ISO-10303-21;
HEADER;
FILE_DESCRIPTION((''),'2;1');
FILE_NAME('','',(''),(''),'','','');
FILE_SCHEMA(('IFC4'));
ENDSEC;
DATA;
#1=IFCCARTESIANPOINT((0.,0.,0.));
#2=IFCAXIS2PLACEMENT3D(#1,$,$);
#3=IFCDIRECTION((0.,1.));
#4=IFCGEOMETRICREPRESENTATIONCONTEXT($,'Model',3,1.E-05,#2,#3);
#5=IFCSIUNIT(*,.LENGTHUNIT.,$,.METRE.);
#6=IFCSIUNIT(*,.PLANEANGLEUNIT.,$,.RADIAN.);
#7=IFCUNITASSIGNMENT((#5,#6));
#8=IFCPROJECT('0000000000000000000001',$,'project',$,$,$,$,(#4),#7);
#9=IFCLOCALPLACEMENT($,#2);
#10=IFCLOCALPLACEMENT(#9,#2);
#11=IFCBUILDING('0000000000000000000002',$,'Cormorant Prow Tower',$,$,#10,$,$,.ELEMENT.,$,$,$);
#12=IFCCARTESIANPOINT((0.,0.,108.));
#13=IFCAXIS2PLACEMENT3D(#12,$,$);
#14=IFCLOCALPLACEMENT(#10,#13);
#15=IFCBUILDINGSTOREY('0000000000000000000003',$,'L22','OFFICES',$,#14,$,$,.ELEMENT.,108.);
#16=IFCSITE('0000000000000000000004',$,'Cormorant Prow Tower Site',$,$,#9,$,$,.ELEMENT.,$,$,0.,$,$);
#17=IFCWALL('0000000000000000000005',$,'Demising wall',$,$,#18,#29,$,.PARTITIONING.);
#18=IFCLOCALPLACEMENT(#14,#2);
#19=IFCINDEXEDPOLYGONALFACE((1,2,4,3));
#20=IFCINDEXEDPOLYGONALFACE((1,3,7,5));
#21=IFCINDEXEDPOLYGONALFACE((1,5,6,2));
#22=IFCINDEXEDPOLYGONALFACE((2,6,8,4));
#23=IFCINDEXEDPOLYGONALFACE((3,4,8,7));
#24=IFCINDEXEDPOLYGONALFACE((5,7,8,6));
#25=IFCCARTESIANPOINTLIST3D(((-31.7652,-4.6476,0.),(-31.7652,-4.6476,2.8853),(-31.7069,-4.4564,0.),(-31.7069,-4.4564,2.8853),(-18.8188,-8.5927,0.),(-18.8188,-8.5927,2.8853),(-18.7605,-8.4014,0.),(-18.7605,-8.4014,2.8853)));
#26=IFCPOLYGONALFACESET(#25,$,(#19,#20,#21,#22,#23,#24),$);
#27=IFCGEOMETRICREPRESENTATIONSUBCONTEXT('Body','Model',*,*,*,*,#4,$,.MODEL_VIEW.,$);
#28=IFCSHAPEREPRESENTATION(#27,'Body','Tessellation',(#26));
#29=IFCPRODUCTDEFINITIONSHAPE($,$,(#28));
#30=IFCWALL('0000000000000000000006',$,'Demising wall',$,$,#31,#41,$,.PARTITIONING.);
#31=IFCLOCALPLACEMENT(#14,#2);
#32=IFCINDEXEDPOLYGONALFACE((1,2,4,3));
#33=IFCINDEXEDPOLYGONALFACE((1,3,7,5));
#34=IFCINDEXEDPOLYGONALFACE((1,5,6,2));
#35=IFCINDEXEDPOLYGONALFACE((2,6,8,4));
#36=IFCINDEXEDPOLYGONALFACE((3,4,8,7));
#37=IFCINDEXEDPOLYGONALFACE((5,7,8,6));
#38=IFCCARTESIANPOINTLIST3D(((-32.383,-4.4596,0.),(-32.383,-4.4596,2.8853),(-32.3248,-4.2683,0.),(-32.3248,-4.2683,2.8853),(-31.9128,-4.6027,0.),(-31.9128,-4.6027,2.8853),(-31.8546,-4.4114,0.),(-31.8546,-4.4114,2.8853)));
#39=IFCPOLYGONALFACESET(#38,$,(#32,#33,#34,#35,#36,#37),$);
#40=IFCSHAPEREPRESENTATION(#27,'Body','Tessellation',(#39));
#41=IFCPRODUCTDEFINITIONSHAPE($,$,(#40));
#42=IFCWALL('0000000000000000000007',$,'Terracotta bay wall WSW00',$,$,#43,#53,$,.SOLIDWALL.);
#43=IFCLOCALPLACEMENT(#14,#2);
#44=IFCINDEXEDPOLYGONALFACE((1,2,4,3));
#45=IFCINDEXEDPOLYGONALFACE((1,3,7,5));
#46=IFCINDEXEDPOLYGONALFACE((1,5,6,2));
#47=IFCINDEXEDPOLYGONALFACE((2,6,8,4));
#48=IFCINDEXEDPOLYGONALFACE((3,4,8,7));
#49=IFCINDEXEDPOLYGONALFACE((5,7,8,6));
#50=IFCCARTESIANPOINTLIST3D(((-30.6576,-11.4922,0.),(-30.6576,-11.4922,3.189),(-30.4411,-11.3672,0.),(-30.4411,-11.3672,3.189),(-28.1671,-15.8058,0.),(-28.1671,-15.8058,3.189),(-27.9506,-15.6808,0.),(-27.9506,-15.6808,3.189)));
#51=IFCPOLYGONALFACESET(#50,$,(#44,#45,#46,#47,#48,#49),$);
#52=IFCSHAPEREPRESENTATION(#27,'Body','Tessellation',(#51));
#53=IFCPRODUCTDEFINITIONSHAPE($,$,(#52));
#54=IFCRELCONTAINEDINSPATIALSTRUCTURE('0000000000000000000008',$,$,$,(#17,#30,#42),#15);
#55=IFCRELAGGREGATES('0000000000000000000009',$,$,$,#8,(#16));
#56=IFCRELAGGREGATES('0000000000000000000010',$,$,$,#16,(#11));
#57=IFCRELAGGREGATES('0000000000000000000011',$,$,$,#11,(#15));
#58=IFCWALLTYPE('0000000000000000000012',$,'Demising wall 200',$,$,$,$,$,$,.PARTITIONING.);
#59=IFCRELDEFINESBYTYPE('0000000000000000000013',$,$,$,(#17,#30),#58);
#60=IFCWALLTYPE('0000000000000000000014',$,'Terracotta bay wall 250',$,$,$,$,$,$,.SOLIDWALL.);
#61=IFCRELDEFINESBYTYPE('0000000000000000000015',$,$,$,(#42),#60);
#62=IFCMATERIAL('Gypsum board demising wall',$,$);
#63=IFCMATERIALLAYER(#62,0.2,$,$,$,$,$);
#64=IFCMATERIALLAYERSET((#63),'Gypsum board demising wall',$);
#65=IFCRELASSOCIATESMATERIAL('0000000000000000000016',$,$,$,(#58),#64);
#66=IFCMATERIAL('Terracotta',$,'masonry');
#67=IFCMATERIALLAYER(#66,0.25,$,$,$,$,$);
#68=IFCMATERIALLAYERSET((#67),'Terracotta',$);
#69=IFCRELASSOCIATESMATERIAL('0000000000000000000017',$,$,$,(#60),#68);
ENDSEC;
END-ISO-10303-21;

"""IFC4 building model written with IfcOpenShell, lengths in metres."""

from ifc_helpers import new_model, si_unit, direction, frame, frame_2d, origin, place, context, subcontext, project, spatial, rectangle, extrude, material, layer, layer_set, type_object, element, save


model = new_model("IFC4")

# Units and contexts
model_context = context("Model", 3, precision=1e-05, world=origin(), true_north=direction((0.0, 1.0)))
body_context = subcontext(model_context, "Body", "Model", "MODEL_VIEW")
ifc_project = project(units=[si_unit("LENGTHUNIT", "METRE"), si_unit("PLANEANGLEUNIT", "RADIAN")], contexts=[model_context])

# Site, building, storey
site_placement = place(None, origin())
site = spatial("IfcSite", under=ifc_project, at=site_placement, Name="Cormorant Prow Tower Site", CompositionType="ELEMENT", RefElevation=0.0)
building_placement = place(site_placement, origin())
building = spatial("IfcBuilding", under=site, at=building_placement, Name="Cormorant Prow Tower", CompositionType="ELEMENT")
storey_placement = place(building_placement, frame((0.0, 0.0, 108.0)))
storey = spatial("IfcBuildingStorey", under=building, at=storey_placement, Name="L22", Description="OFFICES", CompositionType="ELEMENT", Elevation=108.0)

# Walls
ifc_material_1 = material(Name="Gypsum board demising wall")
ifc_layer_1 = layer(ifc_material_1, 0.2)
ifc_layer_set_1 = layer_set([ifc_layer_1], Name="Gypsum board demising wall")
wall_type_1 = type_object("IfcWallType", Name="Demising wall 200", PredefinedType="PARTITIONING", material=ifc_layer_set_1)
wall_1_placement = place(storey_placement, frame((-31.7361, -4.552, 0.0), z_axis=(0.0, 0.0, 1.0), x_axis=(0.956575, -0.291487, 0.0)))
element("IfcWall", 1, at=wall_1_placement, inside=storey, type_object=wall_type_1, Name="Demising wall", PredefinedType="PARTITIONING", context=body_context, shape_type="SweptSolid", body=[
    extrude(rectangle(XDim=13.5342, YDim=0.2, at=frame_2d((6.7671, 0.0))), origin(), (0.0, 0.0, 1.0), 2.8853),
])
wall_2_placement = place(storey_placement, frame((-32.3538, -4.364, 0.0), z_axis=(0.0, 0.0, 1.0), x_axis=(0.956698, -0.291083, 0.0)))
element("IfcWall", 2, at=wall_2_placement, inside=storey, type_object=wall_type_1, Name="Demising wall", PredefinedType="PARTITIONING", context=body_context, shape_type="SweptSolid", body=[
    extrude(rectangle(XDim=0.4915, YDim=0.2, at=frame_2d((0.2456, 0.0))), origin(), (0.0, 0.0, 1.0), 2.8853),
])
ifc_material_2 = material(Name="Terracotta", Category="masonry")
ifc_layer_2 = layer(ifc_material_2, 0.25)
ifc_layer_set_2 = layer_set([ifc_layer_2], Name="Terracotta")
wall_type_2 = type_object("IfcWallType", Name="Terracotta bay wall 250", PredefinedType="SOLIDWALL", material=ifc_layer_set_2)
wall_3_placement = place(storey_placement, frame((-30.5493, -11.4297, 0.0), z_axis=(0.0, 0.0, 1.0), x_axis=(0.499993, -0.86603, 0.0)))
element("IfcWall", 3, at=wall_3_placement, inside=storey, type_object=wall_type_2, Name="Terracotta bay wall WSW00", PredefinedType="SOLIDWALL", context=body_context, shape_type="SweptSolid", body=[
    extrude(rectangle(XDim=4.981, YDim=0.25, at=frame_2d((2.4905, 0.0))), origin(), (0.0, 0.0, 1.0), 3.189),
])

save(model, "model.ifc")
